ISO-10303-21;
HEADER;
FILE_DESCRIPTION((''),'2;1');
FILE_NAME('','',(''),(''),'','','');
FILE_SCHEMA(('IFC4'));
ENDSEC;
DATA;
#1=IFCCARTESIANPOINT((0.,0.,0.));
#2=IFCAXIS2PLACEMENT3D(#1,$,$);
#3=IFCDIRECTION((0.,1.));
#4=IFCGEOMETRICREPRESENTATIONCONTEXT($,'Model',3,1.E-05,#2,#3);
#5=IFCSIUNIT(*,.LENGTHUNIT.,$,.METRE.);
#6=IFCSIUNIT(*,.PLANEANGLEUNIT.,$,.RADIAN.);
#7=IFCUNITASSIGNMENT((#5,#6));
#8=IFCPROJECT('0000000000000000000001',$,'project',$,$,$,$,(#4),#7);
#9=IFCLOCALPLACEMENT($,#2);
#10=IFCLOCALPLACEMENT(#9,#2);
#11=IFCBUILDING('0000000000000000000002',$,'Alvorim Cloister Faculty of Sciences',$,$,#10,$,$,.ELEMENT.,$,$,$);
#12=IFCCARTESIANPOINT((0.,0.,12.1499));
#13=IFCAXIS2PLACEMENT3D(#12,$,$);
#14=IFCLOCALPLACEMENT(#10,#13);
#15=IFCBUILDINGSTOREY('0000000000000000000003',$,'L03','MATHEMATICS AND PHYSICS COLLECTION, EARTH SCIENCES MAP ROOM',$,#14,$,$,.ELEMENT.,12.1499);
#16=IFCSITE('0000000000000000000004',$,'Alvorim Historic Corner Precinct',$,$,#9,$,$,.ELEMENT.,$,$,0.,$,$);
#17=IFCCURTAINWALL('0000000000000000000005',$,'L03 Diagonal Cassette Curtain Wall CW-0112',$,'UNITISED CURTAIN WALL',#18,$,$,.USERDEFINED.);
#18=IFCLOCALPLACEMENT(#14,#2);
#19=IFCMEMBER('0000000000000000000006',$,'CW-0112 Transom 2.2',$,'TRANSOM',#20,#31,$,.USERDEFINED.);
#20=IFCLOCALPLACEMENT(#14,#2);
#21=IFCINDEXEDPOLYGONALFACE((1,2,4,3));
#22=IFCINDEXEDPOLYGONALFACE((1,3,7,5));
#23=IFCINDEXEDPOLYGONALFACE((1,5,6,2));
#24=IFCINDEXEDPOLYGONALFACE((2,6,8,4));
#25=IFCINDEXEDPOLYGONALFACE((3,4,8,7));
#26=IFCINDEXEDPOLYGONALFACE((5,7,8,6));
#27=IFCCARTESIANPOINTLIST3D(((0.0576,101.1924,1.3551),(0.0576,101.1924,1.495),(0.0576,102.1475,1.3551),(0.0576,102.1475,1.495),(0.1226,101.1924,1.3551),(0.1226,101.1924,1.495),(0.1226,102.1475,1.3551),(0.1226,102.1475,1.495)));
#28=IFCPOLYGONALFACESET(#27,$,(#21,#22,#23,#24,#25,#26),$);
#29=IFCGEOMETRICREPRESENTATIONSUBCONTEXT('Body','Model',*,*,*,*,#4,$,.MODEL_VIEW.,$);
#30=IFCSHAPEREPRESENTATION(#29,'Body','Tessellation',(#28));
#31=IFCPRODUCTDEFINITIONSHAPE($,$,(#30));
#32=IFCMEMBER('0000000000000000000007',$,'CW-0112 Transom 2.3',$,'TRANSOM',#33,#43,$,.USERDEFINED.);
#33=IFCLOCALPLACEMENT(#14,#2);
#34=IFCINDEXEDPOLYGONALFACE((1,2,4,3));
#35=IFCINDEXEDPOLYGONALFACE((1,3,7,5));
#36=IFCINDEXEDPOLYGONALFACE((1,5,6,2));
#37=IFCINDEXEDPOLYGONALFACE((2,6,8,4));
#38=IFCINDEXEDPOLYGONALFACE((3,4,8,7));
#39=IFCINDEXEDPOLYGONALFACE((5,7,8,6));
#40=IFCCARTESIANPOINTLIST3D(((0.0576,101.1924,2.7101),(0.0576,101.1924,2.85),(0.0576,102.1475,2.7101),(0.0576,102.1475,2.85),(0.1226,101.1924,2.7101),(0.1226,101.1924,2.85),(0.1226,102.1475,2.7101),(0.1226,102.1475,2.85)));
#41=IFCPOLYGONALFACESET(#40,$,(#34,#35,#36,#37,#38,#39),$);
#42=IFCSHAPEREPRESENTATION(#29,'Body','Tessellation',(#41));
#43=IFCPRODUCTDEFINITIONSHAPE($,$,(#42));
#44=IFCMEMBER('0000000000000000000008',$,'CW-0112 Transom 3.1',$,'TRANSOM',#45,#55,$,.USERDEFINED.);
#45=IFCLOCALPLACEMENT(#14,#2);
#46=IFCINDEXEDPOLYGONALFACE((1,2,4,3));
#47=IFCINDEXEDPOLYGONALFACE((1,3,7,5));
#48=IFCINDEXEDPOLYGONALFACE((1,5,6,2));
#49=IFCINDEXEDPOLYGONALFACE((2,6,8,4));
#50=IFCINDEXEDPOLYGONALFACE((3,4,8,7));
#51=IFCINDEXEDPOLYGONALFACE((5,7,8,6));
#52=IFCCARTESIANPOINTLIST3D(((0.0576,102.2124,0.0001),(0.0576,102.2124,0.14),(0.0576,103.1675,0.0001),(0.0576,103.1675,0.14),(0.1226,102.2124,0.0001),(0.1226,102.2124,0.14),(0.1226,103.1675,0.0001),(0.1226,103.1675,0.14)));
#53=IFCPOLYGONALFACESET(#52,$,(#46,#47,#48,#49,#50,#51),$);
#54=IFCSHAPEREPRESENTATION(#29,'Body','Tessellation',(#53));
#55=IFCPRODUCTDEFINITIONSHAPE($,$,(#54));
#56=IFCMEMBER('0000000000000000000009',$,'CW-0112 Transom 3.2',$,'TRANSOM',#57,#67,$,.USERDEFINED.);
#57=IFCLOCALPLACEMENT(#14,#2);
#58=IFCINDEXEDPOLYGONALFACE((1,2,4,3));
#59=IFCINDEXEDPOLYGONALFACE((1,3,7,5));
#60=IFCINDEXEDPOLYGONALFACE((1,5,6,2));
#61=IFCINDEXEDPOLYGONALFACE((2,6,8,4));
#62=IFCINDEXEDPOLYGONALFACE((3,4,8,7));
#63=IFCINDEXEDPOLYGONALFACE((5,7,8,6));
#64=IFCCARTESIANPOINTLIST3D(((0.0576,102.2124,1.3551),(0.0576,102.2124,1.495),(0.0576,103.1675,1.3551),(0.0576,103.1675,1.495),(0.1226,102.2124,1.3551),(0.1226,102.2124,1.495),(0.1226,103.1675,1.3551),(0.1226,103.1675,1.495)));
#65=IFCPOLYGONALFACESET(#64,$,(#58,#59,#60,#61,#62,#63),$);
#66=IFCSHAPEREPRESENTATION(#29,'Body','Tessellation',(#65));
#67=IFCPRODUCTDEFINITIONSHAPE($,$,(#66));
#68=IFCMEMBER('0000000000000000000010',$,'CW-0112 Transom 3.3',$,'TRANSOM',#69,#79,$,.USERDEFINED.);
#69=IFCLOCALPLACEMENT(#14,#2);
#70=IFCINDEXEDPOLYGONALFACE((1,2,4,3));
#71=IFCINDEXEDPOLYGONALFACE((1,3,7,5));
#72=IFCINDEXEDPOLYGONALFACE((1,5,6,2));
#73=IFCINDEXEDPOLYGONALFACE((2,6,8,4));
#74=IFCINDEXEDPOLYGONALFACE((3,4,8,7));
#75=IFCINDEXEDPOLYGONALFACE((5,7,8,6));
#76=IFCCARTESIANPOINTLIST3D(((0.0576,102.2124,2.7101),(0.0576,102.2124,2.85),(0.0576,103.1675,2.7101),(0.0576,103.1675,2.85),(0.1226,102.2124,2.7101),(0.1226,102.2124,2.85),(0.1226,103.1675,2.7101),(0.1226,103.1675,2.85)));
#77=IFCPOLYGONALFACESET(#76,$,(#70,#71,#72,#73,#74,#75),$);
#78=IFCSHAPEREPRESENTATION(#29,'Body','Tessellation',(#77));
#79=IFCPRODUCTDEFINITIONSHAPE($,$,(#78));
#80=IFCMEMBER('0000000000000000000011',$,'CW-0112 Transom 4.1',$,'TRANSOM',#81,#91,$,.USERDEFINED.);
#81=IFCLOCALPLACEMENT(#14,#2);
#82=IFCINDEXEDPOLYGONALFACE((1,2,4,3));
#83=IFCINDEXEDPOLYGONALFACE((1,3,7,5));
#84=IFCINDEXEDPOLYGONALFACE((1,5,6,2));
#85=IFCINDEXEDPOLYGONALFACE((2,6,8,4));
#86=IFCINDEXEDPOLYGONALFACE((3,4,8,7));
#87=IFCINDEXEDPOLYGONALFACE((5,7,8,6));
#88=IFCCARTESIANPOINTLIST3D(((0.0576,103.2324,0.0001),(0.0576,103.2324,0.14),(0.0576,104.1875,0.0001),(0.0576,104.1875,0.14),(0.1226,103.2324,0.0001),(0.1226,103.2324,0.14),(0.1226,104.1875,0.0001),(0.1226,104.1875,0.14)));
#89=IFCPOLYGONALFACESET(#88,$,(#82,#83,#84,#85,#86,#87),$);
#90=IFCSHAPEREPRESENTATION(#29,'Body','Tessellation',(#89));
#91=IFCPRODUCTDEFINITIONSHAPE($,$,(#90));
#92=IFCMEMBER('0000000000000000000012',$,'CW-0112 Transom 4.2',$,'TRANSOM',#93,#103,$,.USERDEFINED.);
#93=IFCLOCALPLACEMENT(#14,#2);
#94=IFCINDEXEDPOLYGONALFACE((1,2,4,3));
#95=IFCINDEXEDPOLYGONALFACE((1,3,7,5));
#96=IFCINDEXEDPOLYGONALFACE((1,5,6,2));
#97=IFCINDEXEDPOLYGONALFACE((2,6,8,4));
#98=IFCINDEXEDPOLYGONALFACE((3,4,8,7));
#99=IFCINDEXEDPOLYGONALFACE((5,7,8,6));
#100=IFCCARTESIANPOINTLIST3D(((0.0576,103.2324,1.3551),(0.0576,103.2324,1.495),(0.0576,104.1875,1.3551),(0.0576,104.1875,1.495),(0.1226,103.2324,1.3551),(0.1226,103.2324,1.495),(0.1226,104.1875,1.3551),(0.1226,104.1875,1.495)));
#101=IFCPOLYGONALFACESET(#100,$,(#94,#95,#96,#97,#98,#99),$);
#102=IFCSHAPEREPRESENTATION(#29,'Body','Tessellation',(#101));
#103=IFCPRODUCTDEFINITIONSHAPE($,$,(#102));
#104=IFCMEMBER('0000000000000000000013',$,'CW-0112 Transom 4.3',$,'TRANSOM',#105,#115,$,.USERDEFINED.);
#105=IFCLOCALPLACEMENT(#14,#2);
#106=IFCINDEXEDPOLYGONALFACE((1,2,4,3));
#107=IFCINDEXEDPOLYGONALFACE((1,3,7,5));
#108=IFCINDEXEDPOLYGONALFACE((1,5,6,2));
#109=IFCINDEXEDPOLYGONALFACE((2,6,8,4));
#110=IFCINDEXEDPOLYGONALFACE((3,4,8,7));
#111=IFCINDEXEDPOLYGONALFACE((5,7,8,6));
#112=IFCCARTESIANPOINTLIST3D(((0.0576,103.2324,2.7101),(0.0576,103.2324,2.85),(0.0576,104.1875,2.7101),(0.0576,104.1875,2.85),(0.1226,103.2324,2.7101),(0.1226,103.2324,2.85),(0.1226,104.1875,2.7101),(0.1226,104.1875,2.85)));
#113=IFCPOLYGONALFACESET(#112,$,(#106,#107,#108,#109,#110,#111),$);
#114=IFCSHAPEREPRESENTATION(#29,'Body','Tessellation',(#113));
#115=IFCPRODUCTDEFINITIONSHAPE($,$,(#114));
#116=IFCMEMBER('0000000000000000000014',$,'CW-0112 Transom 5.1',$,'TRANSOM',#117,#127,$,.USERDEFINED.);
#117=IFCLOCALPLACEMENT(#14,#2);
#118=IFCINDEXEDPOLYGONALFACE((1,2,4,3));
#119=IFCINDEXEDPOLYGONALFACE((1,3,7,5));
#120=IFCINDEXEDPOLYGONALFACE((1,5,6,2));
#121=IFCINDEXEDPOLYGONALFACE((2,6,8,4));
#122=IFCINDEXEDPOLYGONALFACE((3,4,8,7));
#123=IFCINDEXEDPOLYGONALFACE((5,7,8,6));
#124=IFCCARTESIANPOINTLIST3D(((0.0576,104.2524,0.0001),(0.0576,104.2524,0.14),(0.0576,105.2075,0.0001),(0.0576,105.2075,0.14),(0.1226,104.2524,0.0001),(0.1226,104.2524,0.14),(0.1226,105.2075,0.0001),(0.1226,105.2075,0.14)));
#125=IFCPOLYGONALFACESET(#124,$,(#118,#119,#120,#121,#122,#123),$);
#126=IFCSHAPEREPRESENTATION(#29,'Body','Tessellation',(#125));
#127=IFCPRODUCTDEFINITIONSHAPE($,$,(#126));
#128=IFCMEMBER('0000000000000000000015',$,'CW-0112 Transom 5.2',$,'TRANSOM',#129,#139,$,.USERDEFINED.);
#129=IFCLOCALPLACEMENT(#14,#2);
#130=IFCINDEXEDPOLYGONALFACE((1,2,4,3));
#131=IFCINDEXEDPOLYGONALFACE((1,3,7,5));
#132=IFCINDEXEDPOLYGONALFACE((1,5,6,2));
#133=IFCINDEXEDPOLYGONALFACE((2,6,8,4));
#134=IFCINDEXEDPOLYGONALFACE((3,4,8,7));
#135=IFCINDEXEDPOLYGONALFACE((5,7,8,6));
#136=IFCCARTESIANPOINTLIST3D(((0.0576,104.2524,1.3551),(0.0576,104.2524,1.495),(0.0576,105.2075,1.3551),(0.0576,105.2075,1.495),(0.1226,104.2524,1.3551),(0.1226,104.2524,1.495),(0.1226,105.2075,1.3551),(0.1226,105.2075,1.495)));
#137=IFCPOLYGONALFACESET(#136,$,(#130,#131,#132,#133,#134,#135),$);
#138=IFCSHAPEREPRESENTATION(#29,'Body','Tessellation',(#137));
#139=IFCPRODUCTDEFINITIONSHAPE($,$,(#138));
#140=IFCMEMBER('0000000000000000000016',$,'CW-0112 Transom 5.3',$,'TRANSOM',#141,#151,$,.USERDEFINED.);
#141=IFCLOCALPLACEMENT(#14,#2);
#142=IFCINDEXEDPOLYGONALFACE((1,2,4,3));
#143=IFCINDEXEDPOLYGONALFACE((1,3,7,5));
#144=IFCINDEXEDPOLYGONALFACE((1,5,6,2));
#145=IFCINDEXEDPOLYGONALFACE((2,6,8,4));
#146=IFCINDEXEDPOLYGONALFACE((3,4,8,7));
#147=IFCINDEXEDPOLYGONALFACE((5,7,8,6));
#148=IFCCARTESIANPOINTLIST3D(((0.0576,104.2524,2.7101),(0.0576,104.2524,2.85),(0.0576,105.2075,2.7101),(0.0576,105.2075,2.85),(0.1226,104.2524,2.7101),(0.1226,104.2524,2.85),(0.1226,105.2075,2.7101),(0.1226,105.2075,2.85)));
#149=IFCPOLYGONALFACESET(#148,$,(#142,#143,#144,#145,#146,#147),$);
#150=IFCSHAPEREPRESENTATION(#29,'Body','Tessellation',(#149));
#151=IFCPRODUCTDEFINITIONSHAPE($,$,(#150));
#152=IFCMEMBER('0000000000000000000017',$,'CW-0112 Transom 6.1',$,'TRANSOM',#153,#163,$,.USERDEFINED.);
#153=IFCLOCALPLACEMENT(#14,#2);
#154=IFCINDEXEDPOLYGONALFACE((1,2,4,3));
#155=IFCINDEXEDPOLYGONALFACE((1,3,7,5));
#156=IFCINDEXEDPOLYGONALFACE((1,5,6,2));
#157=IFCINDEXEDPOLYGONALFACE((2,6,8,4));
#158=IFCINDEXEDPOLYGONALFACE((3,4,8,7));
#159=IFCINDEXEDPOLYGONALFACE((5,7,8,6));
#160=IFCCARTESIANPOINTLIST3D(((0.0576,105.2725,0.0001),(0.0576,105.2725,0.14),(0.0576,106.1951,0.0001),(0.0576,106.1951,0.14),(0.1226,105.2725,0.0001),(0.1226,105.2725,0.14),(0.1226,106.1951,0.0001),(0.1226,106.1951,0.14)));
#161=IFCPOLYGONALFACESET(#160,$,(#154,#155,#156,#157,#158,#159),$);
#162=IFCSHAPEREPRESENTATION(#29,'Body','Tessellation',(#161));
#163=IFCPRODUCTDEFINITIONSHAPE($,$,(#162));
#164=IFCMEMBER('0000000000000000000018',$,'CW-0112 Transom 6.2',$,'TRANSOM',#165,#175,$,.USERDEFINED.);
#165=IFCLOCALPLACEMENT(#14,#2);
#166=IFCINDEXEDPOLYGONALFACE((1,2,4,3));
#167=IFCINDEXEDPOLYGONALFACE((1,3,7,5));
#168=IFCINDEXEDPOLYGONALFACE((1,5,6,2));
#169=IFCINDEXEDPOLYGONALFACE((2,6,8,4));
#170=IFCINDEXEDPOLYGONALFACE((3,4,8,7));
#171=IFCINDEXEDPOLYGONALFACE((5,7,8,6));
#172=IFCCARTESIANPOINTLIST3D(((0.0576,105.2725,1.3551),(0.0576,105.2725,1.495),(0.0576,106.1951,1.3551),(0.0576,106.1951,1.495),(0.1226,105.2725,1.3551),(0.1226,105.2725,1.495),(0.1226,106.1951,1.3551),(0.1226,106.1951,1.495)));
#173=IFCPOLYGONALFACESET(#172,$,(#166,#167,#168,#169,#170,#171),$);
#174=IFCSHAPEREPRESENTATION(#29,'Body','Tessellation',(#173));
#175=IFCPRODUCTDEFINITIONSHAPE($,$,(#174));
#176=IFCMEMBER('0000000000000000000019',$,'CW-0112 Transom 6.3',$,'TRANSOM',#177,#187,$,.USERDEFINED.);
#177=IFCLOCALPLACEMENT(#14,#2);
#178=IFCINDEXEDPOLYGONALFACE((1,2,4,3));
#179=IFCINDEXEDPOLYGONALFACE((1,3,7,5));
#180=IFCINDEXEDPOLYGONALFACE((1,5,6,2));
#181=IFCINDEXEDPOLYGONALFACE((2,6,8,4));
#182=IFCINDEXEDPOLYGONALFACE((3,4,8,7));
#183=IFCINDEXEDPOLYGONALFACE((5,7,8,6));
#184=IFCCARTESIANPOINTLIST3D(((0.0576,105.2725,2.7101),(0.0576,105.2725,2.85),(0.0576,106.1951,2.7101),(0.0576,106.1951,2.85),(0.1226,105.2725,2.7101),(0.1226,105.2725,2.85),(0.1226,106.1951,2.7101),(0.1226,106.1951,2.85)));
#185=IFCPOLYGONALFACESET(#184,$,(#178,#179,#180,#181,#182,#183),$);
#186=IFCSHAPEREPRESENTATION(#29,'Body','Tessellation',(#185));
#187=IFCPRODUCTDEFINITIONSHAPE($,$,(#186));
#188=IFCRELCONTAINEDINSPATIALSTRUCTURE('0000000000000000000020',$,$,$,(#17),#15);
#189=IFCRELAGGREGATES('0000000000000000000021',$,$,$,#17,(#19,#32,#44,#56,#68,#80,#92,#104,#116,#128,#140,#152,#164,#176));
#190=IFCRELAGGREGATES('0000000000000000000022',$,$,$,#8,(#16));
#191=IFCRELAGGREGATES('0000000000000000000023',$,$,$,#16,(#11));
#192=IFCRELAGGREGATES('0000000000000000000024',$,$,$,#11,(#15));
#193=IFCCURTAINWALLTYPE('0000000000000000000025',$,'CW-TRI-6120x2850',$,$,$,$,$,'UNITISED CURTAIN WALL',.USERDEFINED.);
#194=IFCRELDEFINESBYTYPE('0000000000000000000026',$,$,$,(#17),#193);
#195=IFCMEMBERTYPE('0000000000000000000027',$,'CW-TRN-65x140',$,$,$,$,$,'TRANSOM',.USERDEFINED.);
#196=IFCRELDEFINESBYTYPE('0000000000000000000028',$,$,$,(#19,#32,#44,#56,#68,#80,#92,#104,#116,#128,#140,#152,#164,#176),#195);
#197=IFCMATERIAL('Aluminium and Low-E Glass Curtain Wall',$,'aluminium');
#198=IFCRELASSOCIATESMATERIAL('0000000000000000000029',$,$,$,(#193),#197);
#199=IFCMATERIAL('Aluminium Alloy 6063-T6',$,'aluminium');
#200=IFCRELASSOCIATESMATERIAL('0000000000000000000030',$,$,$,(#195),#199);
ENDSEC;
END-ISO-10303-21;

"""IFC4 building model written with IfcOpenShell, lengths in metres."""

from ifc_helpers import new_model, si_unit, direction, frame, origin, origin_2d, place, context, subcontext, project, spatial, rectangle, extrude, material, material_profile, profile_set, type_object, element, aggregate, save


model = new_model("IFC4")

# Units and contexts
model_context = context("Model", 3, precision=1e-05, world=origin(), true_north=direction((0.0, 1.0)))
body_context = subcontext(model_context, "Body", "Model", "MODEL_VIEW")
ifc_project = project(units=[si_unit("LENGTHUNIT", "METRE"), si_unit("PLANEANGLEUNIT", "RADIAN")], contexts=[model_context])

# Site, building, storey
site_placement = place(None, origin())
site = spatial("IfcSite", under=ifc_project, at=site_placement, Name="Alvorim Historic Corner Precinct", CompositionType="ELEMENT", RefElevation=0.0)
building_placement = place(site_placement, origin())
building = spatial("IfcBuilding", under=site, at=building_placement, Name="Alvorim Cloister Faculty of Sciences", CompositionType="ELEMENT")
storey_placement = place(building_placement, frame((0.0, 0.0, 12.1499)))
storey = spatial("IfcBuildingStorey", under=building, at=storey_placement, Name="L03", Description="MATHEMATICS AND PHYSICS COLLECTION, EARTH SCIENCES MAP ROOM", CompositionType="ELEMENT", Elevation=12.1499)

# Curtain wall, members
ifc_material_1 = material(Name="Aluminium and Low-E Glass Curtain Wall", Category="aluminium")
curtain_wall_type = type_object("IfcCurtainWallType", Name="CW-TRI-6120x2850", ElementType="UNITISED CURTAIN WALL", PredefinedType="USERDEFINED", material=ifc_material_1)
curtain_wall_placement = place(storey_placement, origin())
curtain_wall = element("IfcCurtainWall", 1, at=curtain_wall_placement, inside=storey, type_object=curtain_wall_type, Name="L03 Diagonal Cassette Curtain Wall CW-0112", ObjectType="UNITISED CURTAIN WALL", PredefinedType="USERDEFINED")
ifc_material_2 = material(Name="Aluminium Alloy 6063-T6", Category="aluminium")
ifc_material_profile_1 = material_profile(ifc_material_2, rectangle(XDim=0.0649, YDim=0.1399, at=origin_2d()), Name="ALU-TRN-65x140")
ifc_profile_set_1 = profile_set([ifc_material_profile_1], Name="Aluminium Alloy 6063-T6")
member_type_1 = type_object("IfcMemberType", Name="CW-TRN-65x140", ElementType="TRANSOM", PredefinedType="USERDEFINED", material=ifc_profile_set_1)
member_1_placement = place(storey_placement, frame((0.0901, 101.1924, 1.425), z_axis=(0.0, 1.0, 0.0), x_axis=(-1.0, 0.0, 0.0)))
member_1 = element("IfcMember", 2, at=member_1_placement, type_object=member_type_1, Name="CW-0112 Transom 2.2", ObjectType="TRANSOM", PredefinedType="USERDEFINED", context=body_context, shape_type="SweptSolid", body=[
    extrude(rectangle(XDim=0.0649, YDim=0.1399, at=origin_2d()), origin(), (0.0, 0.0, 1.0), 0.9551),
])
member_2_placement = place(storey_placement, frame((0.0901, 101.1924, 2.78), z_axis=(0.0, 1.0, 0.0), x_axis=(-1.0, 0.0, 0.0)))
member_2 = element("IfcMember", 3, at=member_2_placement, type_object=member_type_1, Name="CW-0112 Transom 2.3", ObjectType="TRANSOM", PredefinedType="USERDEFINED", context=body_context, shape_type="SweptSolid", body=[
    extrude(rectangle(XDim=0.0649, YDim=0.1399, at=origin_2d()), origin(), (0.0, 0.0, 1.0), 0.9551),
])
member_3_placement = place(storey_placement, frame((0.0901, 102.2124, 0.0701), z_axis=(0.0, 1.0, 0.0), x_axis=(-1.0, 0.0, 0.0)))
member_3 = element("IfcMember", 4, at=member_3_placement, type_object=member_type_1, Name="CW-0112 Transom 3.1", ObjectType="TRANSOM", PredefinedType="USERDEFINED", context=body_context, shape_type="SweptSolid", body=[
    extrude(rectangle(XDim=0.0649, YDim=0.1399, at=origin_2d()), origin(), (0.0, 0.0, 1.0), 0.9551),
])
member_4_placement = place(storey_placement, frame((0.0901, 102.2124, 1.425), z_axis=(0.0, 1.0, 0.0), x_axis=(-1.0, 0.0, 0.0)))
member_4 = element("IfcMember", 5, at=member_4_placement, type_object=member_type_1, Name="CW-0112 Transom 3.2", ObjectType="TRANSOM", PredefinedType="USERDEFINED", context=body_context, shape_type="SweptSolid", body=[
    extrude(rectangle(XDim=0.0649, YDim=0.1399, at=origin_2d()), origin(), (0.0, 0.0, 1.0), 0.9551),
])
member_5_placement = place(storey_placement, frame((0.0901, 102.2124, 2.78), z_axis=(0.0, 1.0, 0.0), x_axis=(-1.0, 0.0, 0.0)))
member_5 = element("IfcMember", 6, at=member_5_placement, type_object=member_type_1, Name="CW-0112 Transom 3.3", ObjectType="TRANSOM", PredefinedType="USERDEFINED", context=body_context, shape_type="SweptSolid", body=[
    extrude(rectangle(XDim=0.0649, YDim=0.1399, at=origin_2d()), origin(), (0.0, 0.0, 1.0), 0.9551),
])
member_6_placement = place(storey_placement, frame((0.0901, 103.2324, 0.0701), z_axis=(0.0, 1.0, 0.0), x_axis=(-1.0, 0.0, 0.0)))
member_6 = element("IfcMember", 7, at=member_6_placement, type_object=member_type_1, Name="CW-0112 Transom 4.1", ObjectType="TRANSOM", PredefinedType="USERDEFINED", context=body_context, shape_type="SweptSolid", body=[
    extrude(rectangle(XDim=0.0649, YDim=0.1399, at=origin_2d()), origin(), (0.0, 0.0, 1.0), 0.9551),
])
member_7_placement = place(storey_placement, frame((0.0901, 103.2324, 1.425), z_axis=(0.0, 1.0, 0.0), x_axis=(-1.0, 0.0, 0.0)))
member_7 = element("IfcMember", 8, at=member_7_placement, type_object=member_type_1, Name="CW-0112 Transom 4.2", ObjectType="TRANSOM", PredefinedType="USERDEFINED", context=body_context, shape_type="SweptSolid", body=[
    extrude(rectangle(XDim=0.0649, YDim=0.1399, at=origin_2d()), origin(), (0.0, 0.0, 1.0), 0.9551),
])
member_8_placement = place(storey_placement, frame((0.0901, 103.2324, 2.78), z_axis=(0.0, 1.0, 0.0), x_axis=(-1.0, 0.0, 0.0)))
member_8 = element("IfcMember", 9, at=member_8_placement, type_object=member_type_1, Name="CW-0112 Transom 4.3", ObjectType="TRANSOM", PredefinedType="USERDEFINED", context=body_context, shape_type="SweptSolid", body=[
    extrude(rectangle(XDim=0.0649, YDim=0.1399, at=origin_2d()), origin(), (0.0, 0.0, 1.0), 0.9551),
])
member_9_placement = place(storey_placement, frame((0.0901, 104.2524, 0.0701), z_axis=(0.0, 1.0, 0.0), x_axis=(-1.0, 0.0, 0.0)))
member_9 = element("IfcMember", 10, at=member_9_placement, type_object=member_type_1, Name="CW-0112 Transom 5.1", ObjectType="TRANSOM", PredefinedType="USERDEFINED", context=body_context, shape_type="SweptSolid", body=[
    extrude(rectangle(XDim=0.0649, YDim=0.1399, at=origin_2d()), origin(), (0.0, 0.0, 1.0), 0.9551),
])
member_10_placement = place(storey_placement, frame((0.0901, 104.2524, 1.425), z_axis=(0.0, 1.0, 0.0), x_axis=(-1.0, 0.0, 0.0)))
member_10 = element("IfcMember", 11, at=member_10_placement, type_object=member_type_1, Name="CW-0112 Transom 5.2", ObjectType="TRANSOM", PredefinedType="USERDEFINED", context=body_context, shape_type="SweptSolid", body=[
    extrude(rectangle(XDim=0.0649, YDim=0.1399, at=origin_2d()), origin(), (0.0, 0.0, 1.0), 0.9551),
])
member_11_placement = place(storey_placement, frame((0.0901, 104.2524, 2.78), z_axis=(0.0, 1.0, 0.0), x_axis=(-1.0, 0.0, 0.0)))
member_11 = element("IfcMember", 12, at=member_11_placement, type_object=member_type_1, Name="CW-0112 Transom 5.3", ObjectType="TRANSOM", PredefinedType="USERDEFINED", context=body_context, shape_type="SweptSolid", body=[
    extrude(rectangle(XDim=0.0649, YDim=0.1399, at=origin_2d()), origin(), (0.0, 0.0, 1.0), 0.9551),
])
member_12_placement = place(storey_placement, frame((0.0901, 105.2725, 0.0701), z_axis=(0.0, 1.0, 0.0), x_axis=(-1.0, 0.0, 0.0)))
member_12 = element("IfcMember", 13, at=member_12_placement, type_object=member_type_1, Name="CW-0112 Transom 6.1", ObjectType="TRANSOM", PredefinedType="USERDEFINED", context=body_context, shape_type="SweptSolid", body=[
    extrude(rectangle(XDim=0.0649, YDim=0.1399, at=origin_2d()), origin(), (0.0, 0.0, 1.0), 0.9226),
])
member_13_placement = place(storey_placement, frame((0.0901, 105.2725, 1.425), z_axis=(0.0, 1.0, 0.0), x_axis=(-1.0, 0.0, 0.0)))
member_13 = element("IfcMember", 14, at=member_13_placement, type_object=member_type_1, Name="CW-0112 Transom 6.2", ObjectType="TRANSOM", PredefinedType="USERDEFINED", context=body_context, shape_type="SweptSolid", body=[
    extrude(rectangle(XDim=0.0649, YDim=0.1399, at=origin_2d()), origin(), (0.0, 0.0, 1.0), 0.9226),
])
member_14_placement = place(storey_placement, frame((0.0901, 105.2725, 2.78), z_axis=(0.0, 1.0, 0.0), x_axis=(-1.0, 0.0, 0.0)))
member_14 = element("IfcMember", 15, at=member_14_placement, type_object=member_type_1, Name="CW-0112 Transom 6.3", ObjectType="TRANSOM", PredefinedType="USERDEFINED", context=body_context, shape_type="SweptSolid", body=[
    extrude(rectangle(XDim=0.0649, YDim=0.1399, at=origin_2d()), origin(), (0.0, 0.0, 1.0), 0.9226),
])
aggregate(curtain_wall, [member_1, member_2, member_3, member_4, member_5, member_6, member_7, member_8, member_9, member_10, member_11, member_12, member_13, member_14])

save(model, "model.ifc")
